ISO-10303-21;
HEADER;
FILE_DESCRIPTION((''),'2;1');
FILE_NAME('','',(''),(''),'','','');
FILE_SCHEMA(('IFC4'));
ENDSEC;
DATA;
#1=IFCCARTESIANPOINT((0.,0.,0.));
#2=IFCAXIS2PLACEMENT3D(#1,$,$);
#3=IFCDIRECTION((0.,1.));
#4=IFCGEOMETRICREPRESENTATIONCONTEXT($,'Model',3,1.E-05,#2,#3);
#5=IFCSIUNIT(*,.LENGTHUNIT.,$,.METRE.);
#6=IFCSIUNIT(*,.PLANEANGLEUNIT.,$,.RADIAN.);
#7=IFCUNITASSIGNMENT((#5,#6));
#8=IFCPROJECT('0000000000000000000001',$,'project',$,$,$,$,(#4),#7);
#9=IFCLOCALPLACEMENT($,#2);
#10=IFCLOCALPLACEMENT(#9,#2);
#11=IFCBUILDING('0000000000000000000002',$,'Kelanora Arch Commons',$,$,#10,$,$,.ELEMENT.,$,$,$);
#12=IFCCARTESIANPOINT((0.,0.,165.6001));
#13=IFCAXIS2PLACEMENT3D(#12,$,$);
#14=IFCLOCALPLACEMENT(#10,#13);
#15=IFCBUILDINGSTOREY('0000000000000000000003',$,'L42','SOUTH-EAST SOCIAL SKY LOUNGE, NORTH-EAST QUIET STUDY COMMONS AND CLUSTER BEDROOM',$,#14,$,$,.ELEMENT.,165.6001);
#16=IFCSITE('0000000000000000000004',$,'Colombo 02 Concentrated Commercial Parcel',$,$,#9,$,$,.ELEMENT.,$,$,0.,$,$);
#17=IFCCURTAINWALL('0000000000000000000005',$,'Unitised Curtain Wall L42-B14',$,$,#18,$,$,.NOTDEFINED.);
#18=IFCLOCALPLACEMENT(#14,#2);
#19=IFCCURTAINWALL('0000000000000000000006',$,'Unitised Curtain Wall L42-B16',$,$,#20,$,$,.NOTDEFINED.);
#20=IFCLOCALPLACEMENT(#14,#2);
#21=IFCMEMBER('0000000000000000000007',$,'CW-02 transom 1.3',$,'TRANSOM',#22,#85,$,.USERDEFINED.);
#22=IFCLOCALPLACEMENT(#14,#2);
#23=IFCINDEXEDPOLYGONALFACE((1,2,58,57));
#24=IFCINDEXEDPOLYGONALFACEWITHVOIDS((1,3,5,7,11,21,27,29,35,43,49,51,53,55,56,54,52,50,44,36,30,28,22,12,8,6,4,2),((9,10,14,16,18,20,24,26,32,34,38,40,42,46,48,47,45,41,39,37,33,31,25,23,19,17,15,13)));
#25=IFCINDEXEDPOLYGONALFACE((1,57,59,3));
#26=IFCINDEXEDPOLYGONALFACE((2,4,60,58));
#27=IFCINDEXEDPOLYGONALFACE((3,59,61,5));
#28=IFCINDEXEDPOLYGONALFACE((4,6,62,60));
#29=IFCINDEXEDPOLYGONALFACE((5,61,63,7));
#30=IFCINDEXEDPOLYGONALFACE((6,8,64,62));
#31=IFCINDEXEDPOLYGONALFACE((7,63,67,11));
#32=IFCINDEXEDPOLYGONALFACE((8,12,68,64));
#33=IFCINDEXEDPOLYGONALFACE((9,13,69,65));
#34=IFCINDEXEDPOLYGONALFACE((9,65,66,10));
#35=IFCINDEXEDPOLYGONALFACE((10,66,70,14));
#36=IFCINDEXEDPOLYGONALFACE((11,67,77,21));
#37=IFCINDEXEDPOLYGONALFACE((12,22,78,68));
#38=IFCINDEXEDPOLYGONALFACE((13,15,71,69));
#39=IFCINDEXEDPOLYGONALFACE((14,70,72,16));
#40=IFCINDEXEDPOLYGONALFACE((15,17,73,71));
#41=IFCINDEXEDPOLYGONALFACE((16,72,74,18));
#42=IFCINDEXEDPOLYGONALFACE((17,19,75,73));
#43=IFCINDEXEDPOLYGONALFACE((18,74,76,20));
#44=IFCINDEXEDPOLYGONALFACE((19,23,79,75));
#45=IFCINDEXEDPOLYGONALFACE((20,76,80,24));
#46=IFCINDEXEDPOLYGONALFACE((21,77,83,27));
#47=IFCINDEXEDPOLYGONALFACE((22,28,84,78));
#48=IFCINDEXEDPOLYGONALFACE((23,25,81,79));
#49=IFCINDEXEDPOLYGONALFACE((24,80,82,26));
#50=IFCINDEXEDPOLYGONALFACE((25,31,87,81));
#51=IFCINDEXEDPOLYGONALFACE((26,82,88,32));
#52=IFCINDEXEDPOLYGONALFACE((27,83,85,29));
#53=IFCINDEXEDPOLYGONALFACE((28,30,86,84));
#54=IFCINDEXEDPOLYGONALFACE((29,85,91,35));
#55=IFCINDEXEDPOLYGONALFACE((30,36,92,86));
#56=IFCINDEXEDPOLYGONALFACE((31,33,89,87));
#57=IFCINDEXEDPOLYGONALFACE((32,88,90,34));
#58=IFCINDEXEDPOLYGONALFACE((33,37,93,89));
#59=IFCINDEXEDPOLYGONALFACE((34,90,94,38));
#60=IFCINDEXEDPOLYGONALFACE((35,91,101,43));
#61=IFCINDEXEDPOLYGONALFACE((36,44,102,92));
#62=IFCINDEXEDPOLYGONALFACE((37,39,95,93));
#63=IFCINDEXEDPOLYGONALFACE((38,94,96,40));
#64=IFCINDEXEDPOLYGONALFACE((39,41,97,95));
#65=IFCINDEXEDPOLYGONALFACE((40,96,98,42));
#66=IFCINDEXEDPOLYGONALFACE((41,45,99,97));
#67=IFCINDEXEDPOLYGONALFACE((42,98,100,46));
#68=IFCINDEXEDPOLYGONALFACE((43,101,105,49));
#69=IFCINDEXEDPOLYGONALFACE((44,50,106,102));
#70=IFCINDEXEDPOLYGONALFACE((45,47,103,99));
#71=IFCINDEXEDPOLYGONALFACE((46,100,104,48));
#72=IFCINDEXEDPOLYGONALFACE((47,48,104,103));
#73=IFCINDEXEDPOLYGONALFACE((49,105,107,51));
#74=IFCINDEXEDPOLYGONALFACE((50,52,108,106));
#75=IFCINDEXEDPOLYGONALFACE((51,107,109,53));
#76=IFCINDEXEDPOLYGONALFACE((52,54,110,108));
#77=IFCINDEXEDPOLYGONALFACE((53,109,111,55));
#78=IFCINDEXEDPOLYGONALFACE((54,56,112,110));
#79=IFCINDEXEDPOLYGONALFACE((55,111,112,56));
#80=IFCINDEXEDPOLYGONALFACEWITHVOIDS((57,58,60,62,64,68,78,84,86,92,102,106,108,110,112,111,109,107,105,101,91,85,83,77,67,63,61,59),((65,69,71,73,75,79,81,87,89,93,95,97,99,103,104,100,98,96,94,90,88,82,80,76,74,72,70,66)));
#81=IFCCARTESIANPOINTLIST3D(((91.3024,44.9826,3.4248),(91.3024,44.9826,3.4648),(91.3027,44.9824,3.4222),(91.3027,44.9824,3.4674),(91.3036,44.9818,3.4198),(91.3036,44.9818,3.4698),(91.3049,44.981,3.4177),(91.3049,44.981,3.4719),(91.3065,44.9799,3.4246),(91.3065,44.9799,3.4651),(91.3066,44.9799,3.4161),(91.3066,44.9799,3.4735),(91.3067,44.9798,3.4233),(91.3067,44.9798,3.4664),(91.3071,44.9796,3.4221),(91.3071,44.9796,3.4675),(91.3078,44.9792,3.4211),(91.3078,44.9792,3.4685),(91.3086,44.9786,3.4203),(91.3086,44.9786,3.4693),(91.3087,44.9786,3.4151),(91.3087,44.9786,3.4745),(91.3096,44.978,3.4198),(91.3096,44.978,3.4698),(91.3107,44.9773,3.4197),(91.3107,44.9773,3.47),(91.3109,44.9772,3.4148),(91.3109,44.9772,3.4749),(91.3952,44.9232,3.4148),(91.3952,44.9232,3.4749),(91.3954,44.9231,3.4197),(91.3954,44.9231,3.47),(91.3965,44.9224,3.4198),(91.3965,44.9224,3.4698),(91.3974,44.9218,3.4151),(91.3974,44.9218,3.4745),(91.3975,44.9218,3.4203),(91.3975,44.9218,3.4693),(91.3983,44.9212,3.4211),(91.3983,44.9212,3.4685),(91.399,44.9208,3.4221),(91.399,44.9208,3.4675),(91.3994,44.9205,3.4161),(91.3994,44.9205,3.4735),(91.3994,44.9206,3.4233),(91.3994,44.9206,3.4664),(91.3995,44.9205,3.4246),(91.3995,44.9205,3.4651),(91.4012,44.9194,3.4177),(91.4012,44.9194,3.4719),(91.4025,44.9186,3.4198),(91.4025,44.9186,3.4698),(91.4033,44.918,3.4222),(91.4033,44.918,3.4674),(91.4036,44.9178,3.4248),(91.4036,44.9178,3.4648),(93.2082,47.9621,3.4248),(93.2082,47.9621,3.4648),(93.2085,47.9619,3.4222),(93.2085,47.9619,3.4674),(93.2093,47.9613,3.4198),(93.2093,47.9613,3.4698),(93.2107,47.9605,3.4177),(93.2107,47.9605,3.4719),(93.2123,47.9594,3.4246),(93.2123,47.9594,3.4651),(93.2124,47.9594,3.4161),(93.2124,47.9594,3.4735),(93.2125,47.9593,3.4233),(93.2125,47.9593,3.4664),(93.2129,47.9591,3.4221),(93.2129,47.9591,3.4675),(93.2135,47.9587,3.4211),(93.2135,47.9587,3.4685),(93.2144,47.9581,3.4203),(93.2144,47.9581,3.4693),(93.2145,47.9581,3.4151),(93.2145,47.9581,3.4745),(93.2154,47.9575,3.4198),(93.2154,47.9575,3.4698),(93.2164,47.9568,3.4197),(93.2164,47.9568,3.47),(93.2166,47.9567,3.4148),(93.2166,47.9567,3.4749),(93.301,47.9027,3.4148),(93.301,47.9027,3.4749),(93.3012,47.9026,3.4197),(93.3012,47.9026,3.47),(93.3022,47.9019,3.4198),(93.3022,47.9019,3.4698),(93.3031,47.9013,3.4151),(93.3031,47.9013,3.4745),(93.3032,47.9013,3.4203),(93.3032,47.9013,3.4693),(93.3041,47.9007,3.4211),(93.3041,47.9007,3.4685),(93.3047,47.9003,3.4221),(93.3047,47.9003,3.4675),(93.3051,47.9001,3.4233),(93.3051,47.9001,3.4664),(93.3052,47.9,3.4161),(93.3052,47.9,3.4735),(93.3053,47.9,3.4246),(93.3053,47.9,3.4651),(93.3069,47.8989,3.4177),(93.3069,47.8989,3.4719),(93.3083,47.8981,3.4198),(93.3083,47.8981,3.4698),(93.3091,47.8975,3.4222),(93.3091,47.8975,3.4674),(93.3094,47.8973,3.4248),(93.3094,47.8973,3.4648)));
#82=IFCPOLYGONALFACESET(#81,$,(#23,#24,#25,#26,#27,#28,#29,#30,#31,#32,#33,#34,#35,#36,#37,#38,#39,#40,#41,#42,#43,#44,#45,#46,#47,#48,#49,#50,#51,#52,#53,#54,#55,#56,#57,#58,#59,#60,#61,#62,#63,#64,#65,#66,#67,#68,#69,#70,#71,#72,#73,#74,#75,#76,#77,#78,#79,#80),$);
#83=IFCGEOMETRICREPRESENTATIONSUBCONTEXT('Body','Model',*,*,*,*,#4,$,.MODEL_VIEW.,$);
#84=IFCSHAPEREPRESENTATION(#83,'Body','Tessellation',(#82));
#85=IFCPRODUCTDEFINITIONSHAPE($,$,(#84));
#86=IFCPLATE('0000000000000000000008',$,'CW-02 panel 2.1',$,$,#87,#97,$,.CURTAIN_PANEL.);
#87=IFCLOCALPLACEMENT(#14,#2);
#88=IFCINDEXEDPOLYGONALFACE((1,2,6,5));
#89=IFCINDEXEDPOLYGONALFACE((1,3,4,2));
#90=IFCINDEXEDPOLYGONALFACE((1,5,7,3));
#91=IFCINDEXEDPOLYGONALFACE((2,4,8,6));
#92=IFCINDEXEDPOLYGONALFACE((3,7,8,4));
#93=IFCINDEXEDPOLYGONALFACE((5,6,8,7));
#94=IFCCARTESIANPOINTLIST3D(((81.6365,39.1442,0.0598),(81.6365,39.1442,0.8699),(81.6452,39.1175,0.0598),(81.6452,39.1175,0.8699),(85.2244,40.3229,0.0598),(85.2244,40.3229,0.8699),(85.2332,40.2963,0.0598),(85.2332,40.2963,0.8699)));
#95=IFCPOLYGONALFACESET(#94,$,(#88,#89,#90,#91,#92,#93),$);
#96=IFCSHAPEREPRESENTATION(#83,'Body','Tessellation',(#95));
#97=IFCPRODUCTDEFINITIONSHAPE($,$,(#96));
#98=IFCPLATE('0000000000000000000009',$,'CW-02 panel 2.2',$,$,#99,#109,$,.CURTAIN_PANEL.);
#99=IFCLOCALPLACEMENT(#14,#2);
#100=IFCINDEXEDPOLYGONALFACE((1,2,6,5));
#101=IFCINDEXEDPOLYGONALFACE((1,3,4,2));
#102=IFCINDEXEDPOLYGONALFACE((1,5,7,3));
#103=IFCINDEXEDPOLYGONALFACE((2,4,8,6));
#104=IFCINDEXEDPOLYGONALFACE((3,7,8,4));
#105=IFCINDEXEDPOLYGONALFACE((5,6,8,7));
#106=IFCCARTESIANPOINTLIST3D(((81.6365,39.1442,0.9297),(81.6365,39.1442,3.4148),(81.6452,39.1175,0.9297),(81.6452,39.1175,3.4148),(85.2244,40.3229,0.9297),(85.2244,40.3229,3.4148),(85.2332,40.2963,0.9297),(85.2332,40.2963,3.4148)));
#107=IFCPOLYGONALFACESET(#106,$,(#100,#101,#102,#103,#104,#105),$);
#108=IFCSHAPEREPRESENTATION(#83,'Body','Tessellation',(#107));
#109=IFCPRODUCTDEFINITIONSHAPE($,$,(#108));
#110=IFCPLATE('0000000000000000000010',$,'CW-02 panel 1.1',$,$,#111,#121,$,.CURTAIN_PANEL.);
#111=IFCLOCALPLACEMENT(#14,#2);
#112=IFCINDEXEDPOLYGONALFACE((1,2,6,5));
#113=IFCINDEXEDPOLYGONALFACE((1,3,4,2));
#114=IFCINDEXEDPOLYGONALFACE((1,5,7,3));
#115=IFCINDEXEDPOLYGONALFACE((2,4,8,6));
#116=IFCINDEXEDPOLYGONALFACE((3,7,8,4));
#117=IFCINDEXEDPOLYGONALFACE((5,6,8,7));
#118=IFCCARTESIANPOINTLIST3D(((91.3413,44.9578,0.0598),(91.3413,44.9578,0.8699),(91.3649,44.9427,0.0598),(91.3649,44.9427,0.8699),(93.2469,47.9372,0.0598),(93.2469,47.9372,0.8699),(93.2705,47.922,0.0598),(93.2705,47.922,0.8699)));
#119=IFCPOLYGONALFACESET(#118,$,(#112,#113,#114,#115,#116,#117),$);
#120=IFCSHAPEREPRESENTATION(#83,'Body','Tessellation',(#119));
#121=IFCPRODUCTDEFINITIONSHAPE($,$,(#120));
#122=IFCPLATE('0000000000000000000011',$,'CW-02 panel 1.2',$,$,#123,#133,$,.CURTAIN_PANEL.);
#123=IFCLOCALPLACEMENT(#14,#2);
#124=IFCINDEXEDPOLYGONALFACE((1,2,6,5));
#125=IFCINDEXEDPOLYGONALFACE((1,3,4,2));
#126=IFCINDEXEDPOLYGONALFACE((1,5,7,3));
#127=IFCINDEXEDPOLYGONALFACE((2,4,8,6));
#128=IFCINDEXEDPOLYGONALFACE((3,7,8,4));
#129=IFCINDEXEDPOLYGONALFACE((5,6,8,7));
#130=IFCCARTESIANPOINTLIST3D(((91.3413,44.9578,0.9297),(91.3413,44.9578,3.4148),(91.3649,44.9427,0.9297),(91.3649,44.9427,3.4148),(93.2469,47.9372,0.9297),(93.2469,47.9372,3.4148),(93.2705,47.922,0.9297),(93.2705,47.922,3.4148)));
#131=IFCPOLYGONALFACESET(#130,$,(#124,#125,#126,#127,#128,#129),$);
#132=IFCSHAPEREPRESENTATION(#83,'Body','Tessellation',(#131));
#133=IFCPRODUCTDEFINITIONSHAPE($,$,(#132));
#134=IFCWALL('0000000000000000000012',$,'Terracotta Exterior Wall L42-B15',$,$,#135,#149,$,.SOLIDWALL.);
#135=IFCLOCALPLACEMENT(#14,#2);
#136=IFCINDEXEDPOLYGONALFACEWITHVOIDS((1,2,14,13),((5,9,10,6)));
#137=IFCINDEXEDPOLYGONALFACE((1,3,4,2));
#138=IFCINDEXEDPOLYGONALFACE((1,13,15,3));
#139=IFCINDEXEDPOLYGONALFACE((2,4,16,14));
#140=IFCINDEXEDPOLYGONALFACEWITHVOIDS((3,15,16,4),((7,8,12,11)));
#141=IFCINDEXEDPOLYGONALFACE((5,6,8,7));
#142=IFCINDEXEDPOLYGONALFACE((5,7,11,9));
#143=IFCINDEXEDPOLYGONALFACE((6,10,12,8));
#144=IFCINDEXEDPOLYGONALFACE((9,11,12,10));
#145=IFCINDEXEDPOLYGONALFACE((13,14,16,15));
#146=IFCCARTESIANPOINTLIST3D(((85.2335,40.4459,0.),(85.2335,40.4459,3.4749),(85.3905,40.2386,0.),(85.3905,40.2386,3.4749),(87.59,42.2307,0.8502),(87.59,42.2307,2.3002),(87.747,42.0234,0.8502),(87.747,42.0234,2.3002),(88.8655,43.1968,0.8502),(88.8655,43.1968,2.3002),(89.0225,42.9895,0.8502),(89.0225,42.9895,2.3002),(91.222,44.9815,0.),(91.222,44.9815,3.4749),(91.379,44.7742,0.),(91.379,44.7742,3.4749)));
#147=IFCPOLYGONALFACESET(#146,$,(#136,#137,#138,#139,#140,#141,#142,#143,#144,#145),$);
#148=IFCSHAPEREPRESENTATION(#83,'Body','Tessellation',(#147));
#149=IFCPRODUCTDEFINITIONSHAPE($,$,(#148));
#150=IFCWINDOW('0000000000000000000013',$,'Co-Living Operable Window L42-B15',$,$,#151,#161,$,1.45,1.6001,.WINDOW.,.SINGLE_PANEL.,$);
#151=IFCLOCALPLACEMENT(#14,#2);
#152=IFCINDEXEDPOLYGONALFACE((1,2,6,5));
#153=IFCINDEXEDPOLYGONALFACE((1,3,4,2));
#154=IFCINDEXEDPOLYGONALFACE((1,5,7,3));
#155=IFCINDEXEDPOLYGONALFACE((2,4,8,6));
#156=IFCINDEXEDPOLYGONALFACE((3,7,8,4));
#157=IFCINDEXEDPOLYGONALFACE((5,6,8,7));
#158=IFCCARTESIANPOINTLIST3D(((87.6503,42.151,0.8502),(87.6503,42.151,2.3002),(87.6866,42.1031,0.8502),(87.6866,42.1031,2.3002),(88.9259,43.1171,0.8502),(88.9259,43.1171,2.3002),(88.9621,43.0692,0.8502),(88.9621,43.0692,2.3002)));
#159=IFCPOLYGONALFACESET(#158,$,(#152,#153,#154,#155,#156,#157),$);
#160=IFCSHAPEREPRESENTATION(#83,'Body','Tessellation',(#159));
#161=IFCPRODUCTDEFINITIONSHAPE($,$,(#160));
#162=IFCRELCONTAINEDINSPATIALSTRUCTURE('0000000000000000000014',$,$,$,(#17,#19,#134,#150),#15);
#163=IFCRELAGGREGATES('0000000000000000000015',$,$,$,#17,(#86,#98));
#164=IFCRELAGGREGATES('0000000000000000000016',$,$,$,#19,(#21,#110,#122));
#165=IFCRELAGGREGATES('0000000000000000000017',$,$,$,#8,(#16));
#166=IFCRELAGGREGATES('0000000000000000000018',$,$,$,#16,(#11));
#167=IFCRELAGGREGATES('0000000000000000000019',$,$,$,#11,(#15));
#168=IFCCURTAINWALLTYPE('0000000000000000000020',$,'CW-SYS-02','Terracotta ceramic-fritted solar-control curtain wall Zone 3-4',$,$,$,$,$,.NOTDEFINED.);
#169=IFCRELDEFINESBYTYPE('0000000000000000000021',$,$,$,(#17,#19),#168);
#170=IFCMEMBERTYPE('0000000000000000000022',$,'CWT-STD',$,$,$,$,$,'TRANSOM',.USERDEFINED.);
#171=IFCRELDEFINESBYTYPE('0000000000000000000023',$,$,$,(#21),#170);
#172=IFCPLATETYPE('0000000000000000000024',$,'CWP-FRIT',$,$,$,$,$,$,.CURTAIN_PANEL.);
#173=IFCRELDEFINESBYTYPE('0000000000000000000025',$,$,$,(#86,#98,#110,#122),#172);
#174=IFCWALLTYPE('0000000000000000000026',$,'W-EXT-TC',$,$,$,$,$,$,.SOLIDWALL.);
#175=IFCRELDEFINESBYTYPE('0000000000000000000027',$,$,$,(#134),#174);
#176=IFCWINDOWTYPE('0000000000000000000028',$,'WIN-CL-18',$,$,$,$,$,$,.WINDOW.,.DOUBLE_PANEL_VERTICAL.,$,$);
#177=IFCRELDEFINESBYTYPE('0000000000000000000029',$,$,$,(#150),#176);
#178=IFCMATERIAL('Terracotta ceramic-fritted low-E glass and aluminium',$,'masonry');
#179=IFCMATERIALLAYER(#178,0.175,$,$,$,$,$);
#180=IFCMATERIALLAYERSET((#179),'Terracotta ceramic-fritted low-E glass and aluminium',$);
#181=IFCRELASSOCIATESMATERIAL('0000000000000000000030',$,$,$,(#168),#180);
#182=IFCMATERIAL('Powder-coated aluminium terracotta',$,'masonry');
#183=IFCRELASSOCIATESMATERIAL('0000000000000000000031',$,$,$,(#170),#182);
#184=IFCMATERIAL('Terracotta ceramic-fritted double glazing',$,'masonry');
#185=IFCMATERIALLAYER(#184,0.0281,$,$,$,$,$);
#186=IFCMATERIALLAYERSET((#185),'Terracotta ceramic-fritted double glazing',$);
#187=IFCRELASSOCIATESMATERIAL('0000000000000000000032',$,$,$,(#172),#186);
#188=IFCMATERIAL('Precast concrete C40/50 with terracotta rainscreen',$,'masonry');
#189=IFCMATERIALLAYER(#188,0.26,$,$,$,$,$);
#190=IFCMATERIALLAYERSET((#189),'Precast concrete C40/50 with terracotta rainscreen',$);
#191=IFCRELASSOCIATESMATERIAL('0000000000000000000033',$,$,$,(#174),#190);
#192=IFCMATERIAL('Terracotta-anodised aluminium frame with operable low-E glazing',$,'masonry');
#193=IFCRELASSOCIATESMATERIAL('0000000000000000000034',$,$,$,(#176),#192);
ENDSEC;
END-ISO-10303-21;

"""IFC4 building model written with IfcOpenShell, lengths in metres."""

from ifc_helpers import new_model, si_unit, direction, frame, frame_2d, origin, origin_2d, place, context, subcontext, project, spatial, rectangle, hollow_rectangle, extrude, source, transform, mapped, material, layer, layer_set, material_profile, profile_set, type_object, element, fill, aggregate, save


model = new_model("IFC4")

# Units and contexts
model_context = context("Model", 3, precision=1e-05, world=origin(), true_north=direction((0.0, 1.0)))
body_context = subcontext(model_context, "Body", "Model", "MODEL_VIEW")
ifc_project = project(units=[si_unit("LENGTHUNIT", "METRE"), si_unit("PLANEANGLEUNIT", "RADIAN")], contexts=[model_context])

# Site, building, storey
site_placement = place(None, origin())
site = spatial("IfcSite", under=ifc_project, at=site_placement, Name="Colombo 02 Concentrated Commercial Parcel", CompositionType="ELEMENT", RefElevation=0.0)
building_placement = place(site_placement, origin())
building = spatial("IfcBuilding", under=site, at=building_placement, Name="Kelanora Arch Commons", CompositionType="ELEMENT")
storey_placement = place(building_placement, frame((0.0, 0.0, 165.6001)))
storey = spatial("IfcBuildingStorey", under=building, at=storey_placement, Name="L42", Description="SOUTH-EAST SOCIAL SKY LOUNGE, NORTH-EAST QUIET STUDY COMMONS AND CLUSTER BEDROOM", CompositionType="ELEMENT", Elevation=165.6001)

# Curtain wall
ifc_material_1 = material(Name="Terracotta ceramic-fritted low-E glass and aluminium", Category="masonry")
ifc_layer_1 = layer(ifc_material_1, 0.175)
ifc_layer_set_1 = layer_set([ifc_layer_1], Name="Terracotta ceramic-fritted low-E glass and aluminium")
curtain_wall_type = type_object("IfcCurtainWallType", Name="CW-SYS-02", Description="Terracotta ceramic-fritted solar-control curtain wall Zone 3-4", PredefinedType="NOTDEFINED", material=ifc_layer_set_1)
curtain_wall_1_placement = place(storey_placement, origin())
curtain_wall_1 = element("IfcCurtainWall", 1, at=curtain_wall_1_placement, inside=storey, type_object=curtain_wall_type, Name="Unitised Curtain Wall L42-B14", PredefinedType="NOTDEFINED")
ifc_material_2 = material(Name="Powder-coated aluminium terracotta", Category="masonry")

# Curtain wall, member
curtain_wall_2_placement = place(storey_placement, origin())
curtain_wall_2 = element("IfcCurtainWall", 2, at=curtain_wall_2_placement, inside=storey, type_object=curtain_wall_type, Name="Unitised Curtain Wall L42-B16", PredefinedType="NOTDEFINED")
ifc_material_profile_1 = material_profile(ifc_material_2, hollow_rectangle(XDim=0.1201, YDim=0.0601, WallThickness=0.0049, InnerFilletRadius=0.0049, OuterFilletRadius=0.01, at=origin_2d()), Name="CWT120x60")
ifc_profile_set_1 = profile_set([ifc_material_profile_1], Name="Powder-coated aluminium terracotta")
member_type_1 = type_object("IfcMemberType", Name="CWT-STD", ElementType="TRANSOM", PredefinedType="USERDEFINED", material=ifc_profile_set_1)
member_1_placement = place(storey_placement, frame((91.353, 44.9502, 3.4448), z_axis=(0.53883, 0.842414, 0.0), x_axis=(-0.842414, 0.53883, 0.0)))
member_1 = element("IfcMember", 3, at=member_1_placement, type_object=member_type_1, Name="CW-02 transom 1.3", ObjectType="TRANSOM", PredefinedType="USERDEFINED", context=body_context, shape_type="SweptSolid", body=[
    extrude(hollow_rectangle(XDim=0.1201, YDim=0.0601, WallThickness=0.0049, InnerFilletRadius=0.0049, OuterFilletRadius=0.01, at=origin_2d()), origin(), (0.0, 0.0, 1.0), 3.5369),
])

# Plates
ifc_material_3 = material(Name="Terracotta ceramic-fritted double glazing", Category="masonry")
ifc_layer_2 = layer(ifc_material_3, 0.0281)
ifc_layer_set_2 = layer_set([ifc_layer_2], Name="Terracotta ceramic-fritted double glazing")
plate_type = type_object("IfcPlateType", Name="CWP-FRIT", PredefinedType="CURTAIN_PANEL", material=ifc_layer_set_2)
shared_shape_1 = source(origin(), body_context, "Body", "SweptSolid", [
    extrude(rectangle(XDim=3.7766, YDim=0.0281, at=origin_2d()), origin(), (0.0, 0.0, 1.0), 0.8101),
])
plate_1_placement = place(storey_placement, frame((83.4348, 39.7202, 0.0598), z_axis=(0.0, 0.0, 1.0), x_axis=(0.95004, 0.312128, 0.0)))
plate_1 = element("IfcPlate", 4, at=plate_1_placement, type_object=plate_type, Name="CW-02 panel 2.1", PredefinedType="CURTAIN_PANEL", context=body_context, shape_type="MappedRepresentation", body=[
    mapped(shared_shape_1, transform((0.0, 0.0, 0.0), scale=1.0)),
])
shared_shape_2 = source(origin(), body_context, "Body", "SweptSolid", [
    extrude(rectangle(XDim=3.7766, YDim=0.0281, at=origin_2d()), origin(), (0.0, 0.0, 1.0), 2.4851),
])
plate_2_placement = place(storey_placement, frame((83.4348, 39.7202, 0.9297), z_axis=(0.0, 0.0, 1.0), x_axis=(0.95004, 0.312128, 0.0)))
plate_2 = element("IfcPlate", 5, at=plate_2_placement, type_object=plate_type, Name="CW-02 panel 2.2", PredefinedType="CURTAIN_PANEL", context=body_context, shape_type="MappedRepresentation", body=[
    mapped(shared_shape_2, transform((0.0, 0.0, 0.0), scale=1.0)),
])
aggregate(curtain_wall_1, [plate_1, plate_2])
shared_shape_3 = source(origin(), body_context, "Body", "SweptSolid", [
    extrude(rectangle(XDim=3.5366, YDim=0.0281, at=origin_2d()), origin(), (0.0, 0.0, 1.0), 0.8101),
])
plate_3_placement = place(storey_placement, frame((92.3059, 46.4399, 0.0598), z_axis=(0.0, 0.0, 1.0), x_axis=(0.538817, 0.842423, 0.0)))
plate_3 = element("IfcPlate", 6, at=plate_3_placement, type_object=plate_type, Name="CW-02 panel 1.1", PredefinedType="CURTAIN_PANEL", context=body_context, shape_type="MappedRepresentation", body=[
    mapped(shared_shape_3, transform((0.0, 0.0, 0.0), scale=1.0)),
])
shared_shape_4 = source(origin(), body_context, "Body", "SweptSolid", [
    extrude(rectangle(XDim=3.5366, YDim=0.0281, at=origin_2d()), origin(), (0.0, 0.0, 1.0), 2.4851),
])
plate_4_placement = place(storey_placement, frame((92.3059, 46.4399, 0.9297), z_axis=(0.0, 0.0, 1.0), x_axis=(0.538817, 0.842423, 0.0)))
plate_4 = element("IfcPlate", 7, at=plate_4_placement, type_object=plate_type, Name="CW-02 panel 1.2", PredefinedType="CURTAIN_PANEL", context=body_context, shape_type="MappedRepresentation", body=[
    mapped(shared_shape_4, transform((0.0, 0.0, 0.0), scale=1.0)),
])
aggregate(curtain_wall_2, [member_1, plate_3, plate_4])

# Wall, opening, window
ifc_material_4 = material(Name="Precast concrete C40/50 with terracotta rainscreen", Category="masonry")
ifc_layer_3 = layer(ifc_material_4, 0.26)
ifc_layer_set_3 = layer_set([ifc_layer_3], Name="Precast concrete C40/50 with terracotta rainscreen")
wall_type = type_object("IfcWallType", Name="W-EXT-TC", PredefinedType="SOLIDWALL", material=ifc_layer_set_3)
wall_placement = place(storey_placement, frame((85.312, 40.3423, 0.0), z_axis=(0.0, 0.0, 1.0), x_axis=(0.797164, 0.603763, 0.0)))
wall = element("IfcWall", 8, at=wall_placement, inside=storey, type_object=wall_type, Name="Terracotta Exterior Wall L42-B15", PredefinedType="SOLIDWALL", context=body_context, shape_type="SweptSolid", body=[
    extrude(rectangle(XDim=7.5122, YDim=0.26, at=frame_2d((3.7561, 0.0))), origin(), (0.0, 0.0, 1.0), 3.4749),
])
opening_placement = place(wall_placement, frame((2.9561, 0.0, 0.8501)))
opening = element("IfcOpeningElement", 9, at=opening_placement, cuts=wall, PredefinedType="OPENING", context=body_context, shape_type="SweptSolid", body=[
    extrude(rectangle(XDim=1.6001, YDim=1.45, at=frame_2d((0.8, 0.7251))), frame((0.0, 0.1401, 0.0), z_axis=(0.0, -1.0, 0.0), x_axis=(1.0, 0.0, 0.0)), (0.0, 0.0, 1.0), 0.28),
])
ifc_material_5 = material(Name="Terracotta-anodised aluminium frame with operable low-E glazing", Category="masonry")
window_type = type_object("IfcWindowType", Name="WIN-CL-18", PartitioningType="DOUBLE_PANEL_VERTICAL", PredefinedType="WINDOW", material=ifc_material_5)
window_placement = place(opening_placement, origin())
window = element("IfcWindow", 10, at=window_placement, inside=storey, type_object=window_type, Name="Co-Living Operable Window L42-B15", OverallHeight=1.45, OverallWidth=1.6001, PartitioningType="SINGLE_PANEL", PredefinedType="WINDOW", context=body_context, shape_type="SweptSolid", body=[
    extrude(rectangle(XDim=1.6001, YDim=1.45, at=frame_2d((0.8, 0.7251))), frame((0.0, 0.03, 0.0), z_axis=(0.0, -1.0, 0.0), x_axis=(1.0, 0.0, 0.0)), (0.0, 0.0, 1.0), 0.0601),
])
fill(opening, window)

save(model, "model.ifc")
